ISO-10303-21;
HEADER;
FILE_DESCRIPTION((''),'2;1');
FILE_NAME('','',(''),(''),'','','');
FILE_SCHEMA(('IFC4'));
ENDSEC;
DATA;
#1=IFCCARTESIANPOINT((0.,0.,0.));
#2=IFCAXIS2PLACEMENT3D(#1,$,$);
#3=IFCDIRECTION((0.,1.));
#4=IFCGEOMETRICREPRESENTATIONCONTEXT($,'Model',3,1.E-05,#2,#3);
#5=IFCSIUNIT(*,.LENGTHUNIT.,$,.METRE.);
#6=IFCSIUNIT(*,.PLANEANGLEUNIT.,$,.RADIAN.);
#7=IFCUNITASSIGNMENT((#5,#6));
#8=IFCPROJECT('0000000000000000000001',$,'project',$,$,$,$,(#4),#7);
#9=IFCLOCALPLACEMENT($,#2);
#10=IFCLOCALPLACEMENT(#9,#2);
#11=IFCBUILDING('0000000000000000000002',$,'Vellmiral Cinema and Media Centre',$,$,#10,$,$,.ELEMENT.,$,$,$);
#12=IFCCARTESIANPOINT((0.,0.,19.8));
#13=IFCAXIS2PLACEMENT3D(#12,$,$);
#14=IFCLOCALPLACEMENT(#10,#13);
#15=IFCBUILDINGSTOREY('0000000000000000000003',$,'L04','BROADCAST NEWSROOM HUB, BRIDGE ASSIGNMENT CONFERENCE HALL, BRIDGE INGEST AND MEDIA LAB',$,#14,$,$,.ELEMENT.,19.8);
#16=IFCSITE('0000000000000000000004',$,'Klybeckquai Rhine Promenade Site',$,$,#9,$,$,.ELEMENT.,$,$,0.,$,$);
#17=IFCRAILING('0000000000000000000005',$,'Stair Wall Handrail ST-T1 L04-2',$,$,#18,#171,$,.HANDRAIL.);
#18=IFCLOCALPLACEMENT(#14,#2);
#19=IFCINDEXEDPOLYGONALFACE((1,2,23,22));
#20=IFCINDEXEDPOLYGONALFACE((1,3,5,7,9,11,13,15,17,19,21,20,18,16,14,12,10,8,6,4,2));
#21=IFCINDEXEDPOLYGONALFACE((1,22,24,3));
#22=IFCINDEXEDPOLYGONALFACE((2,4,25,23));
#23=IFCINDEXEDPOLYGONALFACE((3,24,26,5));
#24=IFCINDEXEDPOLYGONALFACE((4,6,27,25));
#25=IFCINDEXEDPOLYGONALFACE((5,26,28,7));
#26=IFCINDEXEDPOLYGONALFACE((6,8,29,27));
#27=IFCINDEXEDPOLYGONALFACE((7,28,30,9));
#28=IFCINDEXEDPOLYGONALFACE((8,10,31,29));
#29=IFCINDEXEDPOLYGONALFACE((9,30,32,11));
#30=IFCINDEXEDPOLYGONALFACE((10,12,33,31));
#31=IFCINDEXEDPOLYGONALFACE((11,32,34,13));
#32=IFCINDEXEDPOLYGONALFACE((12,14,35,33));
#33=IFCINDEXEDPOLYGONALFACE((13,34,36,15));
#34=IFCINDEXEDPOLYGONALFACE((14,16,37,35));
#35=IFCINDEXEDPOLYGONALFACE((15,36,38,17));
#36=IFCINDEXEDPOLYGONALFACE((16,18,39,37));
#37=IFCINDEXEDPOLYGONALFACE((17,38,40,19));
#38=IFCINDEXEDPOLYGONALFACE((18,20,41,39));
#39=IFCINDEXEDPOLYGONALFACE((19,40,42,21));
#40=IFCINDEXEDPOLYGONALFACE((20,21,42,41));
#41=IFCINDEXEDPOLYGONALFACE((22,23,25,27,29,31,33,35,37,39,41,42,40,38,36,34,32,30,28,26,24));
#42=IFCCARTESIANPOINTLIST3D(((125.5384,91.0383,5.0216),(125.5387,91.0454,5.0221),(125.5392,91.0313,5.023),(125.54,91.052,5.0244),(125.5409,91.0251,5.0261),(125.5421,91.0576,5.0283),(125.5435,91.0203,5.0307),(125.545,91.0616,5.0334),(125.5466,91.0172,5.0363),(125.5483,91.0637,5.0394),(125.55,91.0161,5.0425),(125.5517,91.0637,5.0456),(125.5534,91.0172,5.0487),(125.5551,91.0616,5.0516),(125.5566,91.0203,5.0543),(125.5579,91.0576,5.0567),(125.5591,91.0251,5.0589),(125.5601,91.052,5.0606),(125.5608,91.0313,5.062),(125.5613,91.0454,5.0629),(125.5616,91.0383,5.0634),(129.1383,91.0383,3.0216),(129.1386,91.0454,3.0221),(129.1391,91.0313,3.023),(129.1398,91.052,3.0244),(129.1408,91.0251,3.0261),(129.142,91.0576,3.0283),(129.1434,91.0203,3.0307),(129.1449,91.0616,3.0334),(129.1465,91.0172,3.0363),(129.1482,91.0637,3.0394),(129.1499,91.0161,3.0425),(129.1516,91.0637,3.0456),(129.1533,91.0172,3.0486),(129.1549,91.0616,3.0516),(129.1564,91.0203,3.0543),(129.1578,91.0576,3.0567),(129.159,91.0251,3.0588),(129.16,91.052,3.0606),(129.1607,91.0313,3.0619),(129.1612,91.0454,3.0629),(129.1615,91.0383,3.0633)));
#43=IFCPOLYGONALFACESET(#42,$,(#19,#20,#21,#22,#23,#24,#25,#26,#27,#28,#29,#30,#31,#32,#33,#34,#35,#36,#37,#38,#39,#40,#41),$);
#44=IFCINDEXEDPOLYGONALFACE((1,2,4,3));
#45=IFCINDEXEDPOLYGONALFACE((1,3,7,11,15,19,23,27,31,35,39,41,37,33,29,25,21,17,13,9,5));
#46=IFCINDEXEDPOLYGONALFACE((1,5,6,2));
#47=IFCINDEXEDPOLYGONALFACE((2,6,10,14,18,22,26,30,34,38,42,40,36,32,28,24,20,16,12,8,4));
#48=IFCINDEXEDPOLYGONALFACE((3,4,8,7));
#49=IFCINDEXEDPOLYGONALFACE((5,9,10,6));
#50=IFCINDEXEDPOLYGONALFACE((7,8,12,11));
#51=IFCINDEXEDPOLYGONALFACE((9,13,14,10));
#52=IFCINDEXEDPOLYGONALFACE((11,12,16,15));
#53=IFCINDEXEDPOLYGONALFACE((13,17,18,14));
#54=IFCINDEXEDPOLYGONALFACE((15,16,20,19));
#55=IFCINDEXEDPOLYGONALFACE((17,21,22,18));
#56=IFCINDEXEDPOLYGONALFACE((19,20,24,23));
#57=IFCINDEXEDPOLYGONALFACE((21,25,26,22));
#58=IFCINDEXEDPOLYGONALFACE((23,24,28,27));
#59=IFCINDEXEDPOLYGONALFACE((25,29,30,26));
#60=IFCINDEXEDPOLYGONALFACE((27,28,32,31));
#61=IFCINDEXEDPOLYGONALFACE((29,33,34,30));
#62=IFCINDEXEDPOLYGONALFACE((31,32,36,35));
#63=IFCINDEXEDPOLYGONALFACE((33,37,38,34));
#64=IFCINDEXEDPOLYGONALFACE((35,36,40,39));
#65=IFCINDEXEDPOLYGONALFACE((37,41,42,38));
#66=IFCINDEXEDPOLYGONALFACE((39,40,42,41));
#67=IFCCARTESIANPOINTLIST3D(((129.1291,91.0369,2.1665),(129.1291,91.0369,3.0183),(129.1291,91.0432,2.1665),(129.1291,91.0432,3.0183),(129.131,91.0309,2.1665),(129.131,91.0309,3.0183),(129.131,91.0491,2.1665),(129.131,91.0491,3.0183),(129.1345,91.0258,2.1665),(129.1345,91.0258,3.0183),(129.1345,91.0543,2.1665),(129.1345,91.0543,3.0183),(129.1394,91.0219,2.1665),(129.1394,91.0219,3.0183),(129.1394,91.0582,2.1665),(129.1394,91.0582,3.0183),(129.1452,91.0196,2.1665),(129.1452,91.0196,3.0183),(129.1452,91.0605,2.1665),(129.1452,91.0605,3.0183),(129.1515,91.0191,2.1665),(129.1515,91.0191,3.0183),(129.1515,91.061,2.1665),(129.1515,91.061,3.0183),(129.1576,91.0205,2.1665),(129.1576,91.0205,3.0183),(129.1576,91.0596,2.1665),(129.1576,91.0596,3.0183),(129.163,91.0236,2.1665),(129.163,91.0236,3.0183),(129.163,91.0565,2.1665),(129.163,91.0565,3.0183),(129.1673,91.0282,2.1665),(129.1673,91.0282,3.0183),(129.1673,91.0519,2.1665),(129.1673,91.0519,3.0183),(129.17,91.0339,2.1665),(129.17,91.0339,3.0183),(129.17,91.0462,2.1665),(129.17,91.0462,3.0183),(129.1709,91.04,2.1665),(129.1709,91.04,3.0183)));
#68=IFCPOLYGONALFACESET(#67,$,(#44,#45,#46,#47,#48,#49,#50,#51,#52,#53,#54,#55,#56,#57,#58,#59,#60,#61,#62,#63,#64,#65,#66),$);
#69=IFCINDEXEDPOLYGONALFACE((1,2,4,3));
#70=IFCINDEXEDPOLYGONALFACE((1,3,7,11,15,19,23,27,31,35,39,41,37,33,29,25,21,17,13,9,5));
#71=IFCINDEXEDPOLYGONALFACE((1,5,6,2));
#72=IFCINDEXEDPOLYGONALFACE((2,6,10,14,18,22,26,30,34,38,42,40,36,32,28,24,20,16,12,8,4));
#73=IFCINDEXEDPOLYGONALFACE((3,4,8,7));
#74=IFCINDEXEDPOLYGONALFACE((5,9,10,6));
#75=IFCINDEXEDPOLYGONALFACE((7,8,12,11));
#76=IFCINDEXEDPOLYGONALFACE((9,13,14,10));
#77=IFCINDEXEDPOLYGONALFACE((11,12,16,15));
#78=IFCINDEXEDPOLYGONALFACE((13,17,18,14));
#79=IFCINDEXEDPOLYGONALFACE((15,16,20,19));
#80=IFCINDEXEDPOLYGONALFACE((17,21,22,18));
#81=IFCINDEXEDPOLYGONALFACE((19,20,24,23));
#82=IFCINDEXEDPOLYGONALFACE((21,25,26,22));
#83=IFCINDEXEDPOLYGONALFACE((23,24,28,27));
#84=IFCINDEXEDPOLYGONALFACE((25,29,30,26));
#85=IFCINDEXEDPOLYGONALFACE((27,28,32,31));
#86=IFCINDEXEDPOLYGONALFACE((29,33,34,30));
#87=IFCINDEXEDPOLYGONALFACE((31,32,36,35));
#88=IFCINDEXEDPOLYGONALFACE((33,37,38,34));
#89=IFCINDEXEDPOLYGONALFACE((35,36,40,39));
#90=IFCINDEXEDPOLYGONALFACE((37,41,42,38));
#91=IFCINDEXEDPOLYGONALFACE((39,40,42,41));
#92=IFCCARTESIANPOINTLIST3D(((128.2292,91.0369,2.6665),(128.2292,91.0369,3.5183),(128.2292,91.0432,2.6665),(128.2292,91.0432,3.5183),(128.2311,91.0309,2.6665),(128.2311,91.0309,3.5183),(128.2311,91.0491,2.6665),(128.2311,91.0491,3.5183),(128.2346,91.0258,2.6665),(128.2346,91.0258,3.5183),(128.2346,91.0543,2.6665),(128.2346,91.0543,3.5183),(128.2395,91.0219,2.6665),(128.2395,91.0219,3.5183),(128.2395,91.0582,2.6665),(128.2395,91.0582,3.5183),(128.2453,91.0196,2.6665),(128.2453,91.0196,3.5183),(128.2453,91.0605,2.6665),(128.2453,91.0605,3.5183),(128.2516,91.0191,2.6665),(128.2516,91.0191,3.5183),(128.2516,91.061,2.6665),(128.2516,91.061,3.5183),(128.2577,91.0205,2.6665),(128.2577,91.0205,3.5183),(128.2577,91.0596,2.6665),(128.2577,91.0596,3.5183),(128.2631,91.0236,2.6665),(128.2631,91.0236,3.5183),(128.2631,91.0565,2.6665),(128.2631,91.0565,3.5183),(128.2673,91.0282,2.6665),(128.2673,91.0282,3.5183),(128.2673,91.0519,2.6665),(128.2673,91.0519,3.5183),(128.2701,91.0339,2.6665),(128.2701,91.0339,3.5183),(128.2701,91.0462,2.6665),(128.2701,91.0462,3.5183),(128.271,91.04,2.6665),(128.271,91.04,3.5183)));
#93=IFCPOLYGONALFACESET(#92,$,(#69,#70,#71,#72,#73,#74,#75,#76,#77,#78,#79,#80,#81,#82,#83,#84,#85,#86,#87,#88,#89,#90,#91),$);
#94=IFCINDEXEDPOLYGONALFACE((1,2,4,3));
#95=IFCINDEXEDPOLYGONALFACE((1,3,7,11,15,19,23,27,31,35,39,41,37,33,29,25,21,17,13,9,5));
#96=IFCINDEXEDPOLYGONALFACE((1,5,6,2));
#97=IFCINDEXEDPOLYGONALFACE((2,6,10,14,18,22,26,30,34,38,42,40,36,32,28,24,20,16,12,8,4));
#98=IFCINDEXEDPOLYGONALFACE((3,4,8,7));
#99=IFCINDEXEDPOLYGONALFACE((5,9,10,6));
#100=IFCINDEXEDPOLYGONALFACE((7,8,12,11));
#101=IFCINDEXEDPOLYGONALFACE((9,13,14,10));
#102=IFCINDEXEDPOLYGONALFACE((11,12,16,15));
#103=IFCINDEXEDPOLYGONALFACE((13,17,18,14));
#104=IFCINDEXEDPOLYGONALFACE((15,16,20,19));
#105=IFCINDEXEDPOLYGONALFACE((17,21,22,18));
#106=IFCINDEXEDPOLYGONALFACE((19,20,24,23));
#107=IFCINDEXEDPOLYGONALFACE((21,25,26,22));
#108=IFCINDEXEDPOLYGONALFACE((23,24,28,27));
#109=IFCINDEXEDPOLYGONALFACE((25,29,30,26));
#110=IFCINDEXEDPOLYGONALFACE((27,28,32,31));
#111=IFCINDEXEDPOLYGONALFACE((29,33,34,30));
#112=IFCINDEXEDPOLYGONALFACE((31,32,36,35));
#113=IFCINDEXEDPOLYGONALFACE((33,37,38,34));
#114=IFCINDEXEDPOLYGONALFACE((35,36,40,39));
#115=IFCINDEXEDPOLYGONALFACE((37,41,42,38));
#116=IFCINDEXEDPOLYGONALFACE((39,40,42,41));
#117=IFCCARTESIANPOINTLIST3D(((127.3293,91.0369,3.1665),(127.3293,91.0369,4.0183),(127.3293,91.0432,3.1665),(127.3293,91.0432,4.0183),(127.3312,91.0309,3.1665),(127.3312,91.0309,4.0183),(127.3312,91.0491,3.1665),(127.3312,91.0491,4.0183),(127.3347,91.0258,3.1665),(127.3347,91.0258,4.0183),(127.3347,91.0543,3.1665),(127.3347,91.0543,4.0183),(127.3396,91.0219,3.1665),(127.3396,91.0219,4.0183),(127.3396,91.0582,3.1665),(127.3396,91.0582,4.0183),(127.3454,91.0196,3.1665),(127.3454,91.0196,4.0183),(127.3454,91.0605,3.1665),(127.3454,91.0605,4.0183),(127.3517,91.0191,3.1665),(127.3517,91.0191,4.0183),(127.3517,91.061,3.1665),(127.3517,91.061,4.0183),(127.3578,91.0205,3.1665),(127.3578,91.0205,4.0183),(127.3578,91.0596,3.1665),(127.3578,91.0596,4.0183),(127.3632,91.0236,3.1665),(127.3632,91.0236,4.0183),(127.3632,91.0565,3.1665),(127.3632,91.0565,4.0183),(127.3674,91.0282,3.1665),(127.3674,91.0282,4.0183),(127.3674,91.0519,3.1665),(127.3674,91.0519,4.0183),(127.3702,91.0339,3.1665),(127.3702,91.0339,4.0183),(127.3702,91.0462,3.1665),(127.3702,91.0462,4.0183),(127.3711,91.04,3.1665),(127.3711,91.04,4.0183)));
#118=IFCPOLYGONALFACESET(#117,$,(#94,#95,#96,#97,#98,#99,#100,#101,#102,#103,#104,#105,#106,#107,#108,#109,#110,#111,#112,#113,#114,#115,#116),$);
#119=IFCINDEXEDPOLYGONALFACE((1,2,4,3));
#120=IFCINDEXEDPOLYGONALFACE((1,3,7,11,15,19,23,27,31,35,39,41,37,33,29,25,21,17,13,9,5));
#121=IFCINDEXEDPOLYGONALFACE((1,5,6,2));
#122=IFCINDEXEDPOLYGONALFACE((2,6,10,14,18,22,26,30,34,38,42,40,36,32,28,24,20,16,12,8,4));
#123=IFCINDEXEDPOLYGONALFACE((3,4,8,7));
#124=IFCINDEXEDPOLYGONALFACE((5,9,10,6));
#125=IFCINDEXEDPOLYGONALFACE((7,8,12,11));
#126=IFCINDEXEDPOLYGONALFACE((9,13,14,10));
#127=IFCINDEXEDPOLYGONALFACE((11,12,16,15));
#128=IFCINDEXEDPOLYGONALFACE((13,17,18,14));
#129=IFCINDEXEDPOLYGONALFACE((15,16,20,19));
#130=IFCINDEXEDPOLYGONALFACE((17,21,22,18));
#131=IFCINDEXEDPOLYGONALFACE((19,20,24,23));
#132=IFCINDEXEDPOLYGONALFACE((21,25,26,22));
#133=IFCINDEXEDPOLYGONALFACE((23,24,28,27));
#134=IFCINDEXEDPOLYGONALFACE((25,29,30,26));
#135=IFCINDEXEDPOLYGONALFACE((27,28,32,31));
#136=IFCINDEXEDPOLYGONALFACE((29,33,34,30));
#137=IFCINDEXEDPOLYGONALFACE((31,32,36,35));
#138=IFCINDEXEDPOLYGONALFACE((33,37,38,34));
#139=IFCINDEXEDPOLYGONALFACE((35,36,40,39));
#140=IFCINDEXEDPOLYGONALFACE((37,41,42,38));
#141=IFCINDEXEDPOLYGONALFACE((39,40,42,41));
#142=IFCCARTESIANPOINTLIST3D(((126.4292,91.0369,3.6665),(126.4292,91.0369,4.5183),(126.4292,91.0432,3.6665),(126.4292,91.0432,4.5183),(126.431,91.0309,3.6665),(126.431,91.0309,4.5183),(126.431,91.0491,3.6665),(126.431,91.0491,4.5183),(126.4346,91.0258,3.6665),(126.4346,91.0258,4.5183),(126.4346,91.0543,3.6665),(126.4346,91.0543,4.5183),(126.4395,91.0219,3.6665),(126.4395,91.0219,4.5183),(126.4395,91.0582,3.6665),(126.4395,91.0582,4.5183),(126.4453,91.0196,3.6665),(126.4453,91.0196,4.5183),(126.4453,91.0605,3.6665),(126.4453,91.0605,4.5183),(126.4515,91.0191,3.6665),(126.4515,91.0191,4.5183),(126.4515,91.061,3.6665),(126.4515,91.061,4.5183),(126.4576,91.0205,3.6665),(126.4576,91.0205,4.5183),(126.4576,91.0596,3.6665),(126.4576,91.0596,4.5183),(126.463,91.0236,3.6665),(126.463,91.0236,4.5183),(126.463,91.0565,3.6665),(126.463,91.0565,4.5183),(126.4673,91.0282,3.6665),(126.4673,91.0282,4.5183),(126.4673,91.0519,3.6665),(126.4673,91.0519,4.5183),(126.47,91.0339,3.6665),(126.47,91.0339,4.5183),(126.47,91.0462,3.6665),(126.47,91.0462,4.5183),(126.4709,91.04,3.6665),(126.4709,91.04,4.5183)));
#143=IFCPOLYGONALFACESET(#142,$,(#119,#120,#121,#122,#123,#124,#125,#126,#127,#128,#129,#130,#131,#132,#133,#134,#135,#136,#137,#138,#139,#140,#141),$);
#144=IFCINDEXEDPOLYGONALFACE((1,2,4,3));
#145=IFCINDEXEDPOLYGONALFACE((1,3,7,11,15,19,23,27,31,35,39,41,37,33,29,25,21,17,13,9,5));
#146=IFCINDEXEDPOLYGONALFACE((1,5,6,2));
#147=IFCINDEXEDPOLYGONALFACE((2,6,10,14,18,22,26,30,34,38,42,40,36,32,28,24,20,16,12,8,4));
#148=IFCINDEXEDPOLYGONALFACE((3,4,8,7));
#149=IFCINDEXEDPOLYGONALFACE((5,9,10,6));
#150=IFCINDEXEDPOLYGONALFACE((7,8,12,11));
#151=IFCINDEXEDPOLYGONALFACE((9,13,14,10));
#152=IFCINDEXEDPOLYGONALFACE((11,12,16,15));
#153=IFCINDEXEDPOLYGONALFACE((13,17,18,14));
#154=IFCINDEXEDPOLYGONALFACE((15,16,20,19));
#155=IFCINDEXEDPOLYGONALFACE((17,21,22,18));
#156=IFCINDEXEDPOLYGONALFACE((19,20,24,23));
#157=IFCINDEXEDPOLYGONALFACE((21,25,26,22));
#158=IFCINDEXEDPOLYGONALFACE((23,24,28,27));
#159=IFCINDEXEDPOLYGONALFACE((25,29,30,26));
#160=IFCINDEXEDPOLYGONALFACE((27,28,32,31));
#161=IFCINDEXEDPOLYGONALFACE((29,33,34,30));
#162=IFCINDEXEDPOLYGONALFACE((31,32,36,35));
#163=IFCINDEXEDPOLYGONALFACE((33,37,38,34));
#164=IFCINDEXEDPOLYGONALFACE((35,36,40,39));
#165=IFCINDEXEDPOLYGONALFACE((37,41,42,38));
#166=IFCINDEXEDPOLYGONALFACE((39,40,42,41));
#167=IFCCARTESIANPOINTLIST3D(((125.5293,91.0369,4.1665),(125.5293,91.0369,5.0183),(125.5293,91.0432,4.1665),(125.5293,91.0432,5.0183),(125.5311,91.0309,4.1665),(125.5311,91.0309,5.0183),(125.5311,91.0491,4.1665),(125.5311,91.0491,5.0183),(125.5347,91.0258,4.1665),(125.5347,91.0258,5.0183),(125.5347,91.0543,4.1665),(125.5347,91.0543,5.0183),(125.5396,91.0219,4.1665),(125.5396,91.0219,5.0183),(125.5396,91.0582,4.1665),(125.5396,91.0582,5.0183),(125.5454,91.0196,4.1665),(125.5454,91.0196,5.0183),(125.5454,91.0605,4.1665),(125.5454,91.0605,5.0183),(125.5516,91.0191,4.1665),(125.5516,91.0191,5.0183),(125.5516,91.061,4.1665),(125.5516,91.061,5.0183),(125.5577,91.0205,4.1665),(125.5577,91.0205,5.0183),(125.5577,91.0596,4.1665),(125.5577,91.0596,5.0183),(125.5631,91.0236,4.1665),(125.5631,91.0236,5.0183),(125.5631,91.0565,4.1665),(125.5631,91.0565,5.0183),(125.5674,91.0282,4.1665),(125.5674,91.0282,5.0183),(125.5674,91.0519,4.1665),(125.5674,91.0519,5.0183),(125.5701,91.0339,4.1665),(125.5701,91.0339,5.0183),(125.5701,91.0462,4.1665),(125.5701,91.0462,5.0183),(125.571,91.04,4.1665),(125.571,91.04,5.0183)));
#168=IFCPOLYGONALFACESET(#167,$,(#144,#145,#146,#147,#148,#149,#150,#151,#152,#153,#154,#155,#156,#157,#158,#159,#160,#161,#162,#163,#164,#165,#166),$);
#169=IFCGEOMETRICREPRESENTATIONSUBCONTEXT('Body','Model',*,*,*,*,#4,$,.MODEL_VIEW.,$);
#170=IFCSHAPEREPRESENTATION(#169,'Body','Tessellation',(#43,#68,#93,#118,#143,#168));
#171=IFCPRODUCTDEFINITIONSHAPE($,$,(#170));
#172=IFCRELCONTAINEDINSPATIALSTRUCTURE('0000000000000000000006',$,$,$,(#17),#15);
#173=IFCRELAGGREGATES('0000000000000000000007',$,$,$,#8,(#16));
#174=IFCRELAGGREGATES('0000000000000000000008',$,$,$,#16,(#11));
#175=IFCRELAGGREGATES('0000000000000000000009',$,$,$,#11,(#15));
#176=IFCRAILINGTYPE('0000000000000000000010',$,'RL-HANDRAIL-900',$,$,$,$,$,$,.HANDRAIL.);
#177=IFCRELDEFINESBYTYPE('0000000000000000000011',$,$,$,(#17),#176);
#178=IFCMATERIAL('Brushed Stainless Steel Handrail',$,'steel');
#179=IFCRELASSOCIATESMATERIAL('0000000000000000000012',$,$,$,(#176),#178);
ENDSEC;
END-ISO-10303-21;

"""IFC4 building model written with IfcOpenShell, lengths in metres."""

from ifc_helpers import new_model, si_unit, direction, frame, origin, origin_2d, place, context, subcontext, project, spatial, circle, extrude, material, type_object, element, save


model = new_model("IFC4")

# Units and contexts
model_context = context("Model", 3, precision=1e-05, world=origin(), true_north=direction((0.0, 1.0)))
body_context = subcontext(model_context, "Body", "Model", "MODEL_VIEW")
ifc_project = project(units=[si_unit("LENGTHUNIT", "METRE"), si_unit("PLANEANGLEUNIT", "RADIAN")], contexts=[model_context])

# Site, building, storey
site_placement = place(None, origin())
site = spatial("IfcSite", under=ifc_project, at=site_placement, Name="Klybeckquai Rhine Promenade Site", CompositionType="ELEMENT", RefElevation=0.0)
building_placement = place(site_placement, origin())
building = spatial("IfcBuilding", under=site, at=building_placement, Name="Vellmiral Cinema and Media Centre", CompositionType="ELEMENT")
storey_placement = place(building_placement, frame((0.0, 0.0, 19.8)))
storey = spatial("IfcBuildingStorey", under=building, at=storey_placement, Name="L04", Description="BROADCAST NEWSROOM HUB, BRIDGE ASSIGNMENT CONFERENCE HALL, BRIDGE INGEST AND MEDIA LAB", CompositionType="ELEMENT", Elevation=19.8)

# Railing
ifc_material_1 = material(Name="Brushed Stainless Steel Handrail", Category="steel")
railing_type_1 = type_object("IfcRailingType", Name="RL-HANDRAIL-900", PredefinedType="HANDRAIL", material=ifc_material_1)
railing_1_placement = place(storey_placement, frame((129.1499, 91.04, 2.1665)))
element("IfcRailing", 1, at=railing_1_placement, inside=storey, type_object=railing_type_1, Name="Stair Wall Handrail ST-T1 L04-2", PredefinedType="HANDRAIL", context=body_context, shape_type="SweptSolid", body=[
    extrude(circle(Radius=0.0239, at=origin_2d()), frame((0.0, 0.0, 0.876), z_axis=(-0.874149, 0.0, 0.485658), x_axis=(0.0, -1.0, 0.0)), (0.0, 0.0, 1.0), 4.1182),
    extrude(circle(Radius=0.021, at=origin_2d()), origin(), (0.0, 0.0, 1.0), 0.8518),
    extrude(circle(Radius=0.021, at=origin_2d()), frame((-0.8999, 0.0, 0.5)), (0.0, 0.0, 1.0), 0.8518),
    extrude(circle(Radius=0.021, at=origin_2d()), frame((-1.7998, 0.0, 1.0)), (0.0, 0.0, 1.0), 0.8518),
    extrude(circle(Radius=0.021, at=origin_2d()), frame((-2.7, 0.0, 1.5)), (0.0, 0.0, 1.0), 0.8518),
    extrude(circle(Radius=0.021, at=origin_2d()), frame((-3.5999, 0.0, 2.0)), (0.0, 0.0, 1.0), 0.8518),
])

save(model, "model.ifc")
